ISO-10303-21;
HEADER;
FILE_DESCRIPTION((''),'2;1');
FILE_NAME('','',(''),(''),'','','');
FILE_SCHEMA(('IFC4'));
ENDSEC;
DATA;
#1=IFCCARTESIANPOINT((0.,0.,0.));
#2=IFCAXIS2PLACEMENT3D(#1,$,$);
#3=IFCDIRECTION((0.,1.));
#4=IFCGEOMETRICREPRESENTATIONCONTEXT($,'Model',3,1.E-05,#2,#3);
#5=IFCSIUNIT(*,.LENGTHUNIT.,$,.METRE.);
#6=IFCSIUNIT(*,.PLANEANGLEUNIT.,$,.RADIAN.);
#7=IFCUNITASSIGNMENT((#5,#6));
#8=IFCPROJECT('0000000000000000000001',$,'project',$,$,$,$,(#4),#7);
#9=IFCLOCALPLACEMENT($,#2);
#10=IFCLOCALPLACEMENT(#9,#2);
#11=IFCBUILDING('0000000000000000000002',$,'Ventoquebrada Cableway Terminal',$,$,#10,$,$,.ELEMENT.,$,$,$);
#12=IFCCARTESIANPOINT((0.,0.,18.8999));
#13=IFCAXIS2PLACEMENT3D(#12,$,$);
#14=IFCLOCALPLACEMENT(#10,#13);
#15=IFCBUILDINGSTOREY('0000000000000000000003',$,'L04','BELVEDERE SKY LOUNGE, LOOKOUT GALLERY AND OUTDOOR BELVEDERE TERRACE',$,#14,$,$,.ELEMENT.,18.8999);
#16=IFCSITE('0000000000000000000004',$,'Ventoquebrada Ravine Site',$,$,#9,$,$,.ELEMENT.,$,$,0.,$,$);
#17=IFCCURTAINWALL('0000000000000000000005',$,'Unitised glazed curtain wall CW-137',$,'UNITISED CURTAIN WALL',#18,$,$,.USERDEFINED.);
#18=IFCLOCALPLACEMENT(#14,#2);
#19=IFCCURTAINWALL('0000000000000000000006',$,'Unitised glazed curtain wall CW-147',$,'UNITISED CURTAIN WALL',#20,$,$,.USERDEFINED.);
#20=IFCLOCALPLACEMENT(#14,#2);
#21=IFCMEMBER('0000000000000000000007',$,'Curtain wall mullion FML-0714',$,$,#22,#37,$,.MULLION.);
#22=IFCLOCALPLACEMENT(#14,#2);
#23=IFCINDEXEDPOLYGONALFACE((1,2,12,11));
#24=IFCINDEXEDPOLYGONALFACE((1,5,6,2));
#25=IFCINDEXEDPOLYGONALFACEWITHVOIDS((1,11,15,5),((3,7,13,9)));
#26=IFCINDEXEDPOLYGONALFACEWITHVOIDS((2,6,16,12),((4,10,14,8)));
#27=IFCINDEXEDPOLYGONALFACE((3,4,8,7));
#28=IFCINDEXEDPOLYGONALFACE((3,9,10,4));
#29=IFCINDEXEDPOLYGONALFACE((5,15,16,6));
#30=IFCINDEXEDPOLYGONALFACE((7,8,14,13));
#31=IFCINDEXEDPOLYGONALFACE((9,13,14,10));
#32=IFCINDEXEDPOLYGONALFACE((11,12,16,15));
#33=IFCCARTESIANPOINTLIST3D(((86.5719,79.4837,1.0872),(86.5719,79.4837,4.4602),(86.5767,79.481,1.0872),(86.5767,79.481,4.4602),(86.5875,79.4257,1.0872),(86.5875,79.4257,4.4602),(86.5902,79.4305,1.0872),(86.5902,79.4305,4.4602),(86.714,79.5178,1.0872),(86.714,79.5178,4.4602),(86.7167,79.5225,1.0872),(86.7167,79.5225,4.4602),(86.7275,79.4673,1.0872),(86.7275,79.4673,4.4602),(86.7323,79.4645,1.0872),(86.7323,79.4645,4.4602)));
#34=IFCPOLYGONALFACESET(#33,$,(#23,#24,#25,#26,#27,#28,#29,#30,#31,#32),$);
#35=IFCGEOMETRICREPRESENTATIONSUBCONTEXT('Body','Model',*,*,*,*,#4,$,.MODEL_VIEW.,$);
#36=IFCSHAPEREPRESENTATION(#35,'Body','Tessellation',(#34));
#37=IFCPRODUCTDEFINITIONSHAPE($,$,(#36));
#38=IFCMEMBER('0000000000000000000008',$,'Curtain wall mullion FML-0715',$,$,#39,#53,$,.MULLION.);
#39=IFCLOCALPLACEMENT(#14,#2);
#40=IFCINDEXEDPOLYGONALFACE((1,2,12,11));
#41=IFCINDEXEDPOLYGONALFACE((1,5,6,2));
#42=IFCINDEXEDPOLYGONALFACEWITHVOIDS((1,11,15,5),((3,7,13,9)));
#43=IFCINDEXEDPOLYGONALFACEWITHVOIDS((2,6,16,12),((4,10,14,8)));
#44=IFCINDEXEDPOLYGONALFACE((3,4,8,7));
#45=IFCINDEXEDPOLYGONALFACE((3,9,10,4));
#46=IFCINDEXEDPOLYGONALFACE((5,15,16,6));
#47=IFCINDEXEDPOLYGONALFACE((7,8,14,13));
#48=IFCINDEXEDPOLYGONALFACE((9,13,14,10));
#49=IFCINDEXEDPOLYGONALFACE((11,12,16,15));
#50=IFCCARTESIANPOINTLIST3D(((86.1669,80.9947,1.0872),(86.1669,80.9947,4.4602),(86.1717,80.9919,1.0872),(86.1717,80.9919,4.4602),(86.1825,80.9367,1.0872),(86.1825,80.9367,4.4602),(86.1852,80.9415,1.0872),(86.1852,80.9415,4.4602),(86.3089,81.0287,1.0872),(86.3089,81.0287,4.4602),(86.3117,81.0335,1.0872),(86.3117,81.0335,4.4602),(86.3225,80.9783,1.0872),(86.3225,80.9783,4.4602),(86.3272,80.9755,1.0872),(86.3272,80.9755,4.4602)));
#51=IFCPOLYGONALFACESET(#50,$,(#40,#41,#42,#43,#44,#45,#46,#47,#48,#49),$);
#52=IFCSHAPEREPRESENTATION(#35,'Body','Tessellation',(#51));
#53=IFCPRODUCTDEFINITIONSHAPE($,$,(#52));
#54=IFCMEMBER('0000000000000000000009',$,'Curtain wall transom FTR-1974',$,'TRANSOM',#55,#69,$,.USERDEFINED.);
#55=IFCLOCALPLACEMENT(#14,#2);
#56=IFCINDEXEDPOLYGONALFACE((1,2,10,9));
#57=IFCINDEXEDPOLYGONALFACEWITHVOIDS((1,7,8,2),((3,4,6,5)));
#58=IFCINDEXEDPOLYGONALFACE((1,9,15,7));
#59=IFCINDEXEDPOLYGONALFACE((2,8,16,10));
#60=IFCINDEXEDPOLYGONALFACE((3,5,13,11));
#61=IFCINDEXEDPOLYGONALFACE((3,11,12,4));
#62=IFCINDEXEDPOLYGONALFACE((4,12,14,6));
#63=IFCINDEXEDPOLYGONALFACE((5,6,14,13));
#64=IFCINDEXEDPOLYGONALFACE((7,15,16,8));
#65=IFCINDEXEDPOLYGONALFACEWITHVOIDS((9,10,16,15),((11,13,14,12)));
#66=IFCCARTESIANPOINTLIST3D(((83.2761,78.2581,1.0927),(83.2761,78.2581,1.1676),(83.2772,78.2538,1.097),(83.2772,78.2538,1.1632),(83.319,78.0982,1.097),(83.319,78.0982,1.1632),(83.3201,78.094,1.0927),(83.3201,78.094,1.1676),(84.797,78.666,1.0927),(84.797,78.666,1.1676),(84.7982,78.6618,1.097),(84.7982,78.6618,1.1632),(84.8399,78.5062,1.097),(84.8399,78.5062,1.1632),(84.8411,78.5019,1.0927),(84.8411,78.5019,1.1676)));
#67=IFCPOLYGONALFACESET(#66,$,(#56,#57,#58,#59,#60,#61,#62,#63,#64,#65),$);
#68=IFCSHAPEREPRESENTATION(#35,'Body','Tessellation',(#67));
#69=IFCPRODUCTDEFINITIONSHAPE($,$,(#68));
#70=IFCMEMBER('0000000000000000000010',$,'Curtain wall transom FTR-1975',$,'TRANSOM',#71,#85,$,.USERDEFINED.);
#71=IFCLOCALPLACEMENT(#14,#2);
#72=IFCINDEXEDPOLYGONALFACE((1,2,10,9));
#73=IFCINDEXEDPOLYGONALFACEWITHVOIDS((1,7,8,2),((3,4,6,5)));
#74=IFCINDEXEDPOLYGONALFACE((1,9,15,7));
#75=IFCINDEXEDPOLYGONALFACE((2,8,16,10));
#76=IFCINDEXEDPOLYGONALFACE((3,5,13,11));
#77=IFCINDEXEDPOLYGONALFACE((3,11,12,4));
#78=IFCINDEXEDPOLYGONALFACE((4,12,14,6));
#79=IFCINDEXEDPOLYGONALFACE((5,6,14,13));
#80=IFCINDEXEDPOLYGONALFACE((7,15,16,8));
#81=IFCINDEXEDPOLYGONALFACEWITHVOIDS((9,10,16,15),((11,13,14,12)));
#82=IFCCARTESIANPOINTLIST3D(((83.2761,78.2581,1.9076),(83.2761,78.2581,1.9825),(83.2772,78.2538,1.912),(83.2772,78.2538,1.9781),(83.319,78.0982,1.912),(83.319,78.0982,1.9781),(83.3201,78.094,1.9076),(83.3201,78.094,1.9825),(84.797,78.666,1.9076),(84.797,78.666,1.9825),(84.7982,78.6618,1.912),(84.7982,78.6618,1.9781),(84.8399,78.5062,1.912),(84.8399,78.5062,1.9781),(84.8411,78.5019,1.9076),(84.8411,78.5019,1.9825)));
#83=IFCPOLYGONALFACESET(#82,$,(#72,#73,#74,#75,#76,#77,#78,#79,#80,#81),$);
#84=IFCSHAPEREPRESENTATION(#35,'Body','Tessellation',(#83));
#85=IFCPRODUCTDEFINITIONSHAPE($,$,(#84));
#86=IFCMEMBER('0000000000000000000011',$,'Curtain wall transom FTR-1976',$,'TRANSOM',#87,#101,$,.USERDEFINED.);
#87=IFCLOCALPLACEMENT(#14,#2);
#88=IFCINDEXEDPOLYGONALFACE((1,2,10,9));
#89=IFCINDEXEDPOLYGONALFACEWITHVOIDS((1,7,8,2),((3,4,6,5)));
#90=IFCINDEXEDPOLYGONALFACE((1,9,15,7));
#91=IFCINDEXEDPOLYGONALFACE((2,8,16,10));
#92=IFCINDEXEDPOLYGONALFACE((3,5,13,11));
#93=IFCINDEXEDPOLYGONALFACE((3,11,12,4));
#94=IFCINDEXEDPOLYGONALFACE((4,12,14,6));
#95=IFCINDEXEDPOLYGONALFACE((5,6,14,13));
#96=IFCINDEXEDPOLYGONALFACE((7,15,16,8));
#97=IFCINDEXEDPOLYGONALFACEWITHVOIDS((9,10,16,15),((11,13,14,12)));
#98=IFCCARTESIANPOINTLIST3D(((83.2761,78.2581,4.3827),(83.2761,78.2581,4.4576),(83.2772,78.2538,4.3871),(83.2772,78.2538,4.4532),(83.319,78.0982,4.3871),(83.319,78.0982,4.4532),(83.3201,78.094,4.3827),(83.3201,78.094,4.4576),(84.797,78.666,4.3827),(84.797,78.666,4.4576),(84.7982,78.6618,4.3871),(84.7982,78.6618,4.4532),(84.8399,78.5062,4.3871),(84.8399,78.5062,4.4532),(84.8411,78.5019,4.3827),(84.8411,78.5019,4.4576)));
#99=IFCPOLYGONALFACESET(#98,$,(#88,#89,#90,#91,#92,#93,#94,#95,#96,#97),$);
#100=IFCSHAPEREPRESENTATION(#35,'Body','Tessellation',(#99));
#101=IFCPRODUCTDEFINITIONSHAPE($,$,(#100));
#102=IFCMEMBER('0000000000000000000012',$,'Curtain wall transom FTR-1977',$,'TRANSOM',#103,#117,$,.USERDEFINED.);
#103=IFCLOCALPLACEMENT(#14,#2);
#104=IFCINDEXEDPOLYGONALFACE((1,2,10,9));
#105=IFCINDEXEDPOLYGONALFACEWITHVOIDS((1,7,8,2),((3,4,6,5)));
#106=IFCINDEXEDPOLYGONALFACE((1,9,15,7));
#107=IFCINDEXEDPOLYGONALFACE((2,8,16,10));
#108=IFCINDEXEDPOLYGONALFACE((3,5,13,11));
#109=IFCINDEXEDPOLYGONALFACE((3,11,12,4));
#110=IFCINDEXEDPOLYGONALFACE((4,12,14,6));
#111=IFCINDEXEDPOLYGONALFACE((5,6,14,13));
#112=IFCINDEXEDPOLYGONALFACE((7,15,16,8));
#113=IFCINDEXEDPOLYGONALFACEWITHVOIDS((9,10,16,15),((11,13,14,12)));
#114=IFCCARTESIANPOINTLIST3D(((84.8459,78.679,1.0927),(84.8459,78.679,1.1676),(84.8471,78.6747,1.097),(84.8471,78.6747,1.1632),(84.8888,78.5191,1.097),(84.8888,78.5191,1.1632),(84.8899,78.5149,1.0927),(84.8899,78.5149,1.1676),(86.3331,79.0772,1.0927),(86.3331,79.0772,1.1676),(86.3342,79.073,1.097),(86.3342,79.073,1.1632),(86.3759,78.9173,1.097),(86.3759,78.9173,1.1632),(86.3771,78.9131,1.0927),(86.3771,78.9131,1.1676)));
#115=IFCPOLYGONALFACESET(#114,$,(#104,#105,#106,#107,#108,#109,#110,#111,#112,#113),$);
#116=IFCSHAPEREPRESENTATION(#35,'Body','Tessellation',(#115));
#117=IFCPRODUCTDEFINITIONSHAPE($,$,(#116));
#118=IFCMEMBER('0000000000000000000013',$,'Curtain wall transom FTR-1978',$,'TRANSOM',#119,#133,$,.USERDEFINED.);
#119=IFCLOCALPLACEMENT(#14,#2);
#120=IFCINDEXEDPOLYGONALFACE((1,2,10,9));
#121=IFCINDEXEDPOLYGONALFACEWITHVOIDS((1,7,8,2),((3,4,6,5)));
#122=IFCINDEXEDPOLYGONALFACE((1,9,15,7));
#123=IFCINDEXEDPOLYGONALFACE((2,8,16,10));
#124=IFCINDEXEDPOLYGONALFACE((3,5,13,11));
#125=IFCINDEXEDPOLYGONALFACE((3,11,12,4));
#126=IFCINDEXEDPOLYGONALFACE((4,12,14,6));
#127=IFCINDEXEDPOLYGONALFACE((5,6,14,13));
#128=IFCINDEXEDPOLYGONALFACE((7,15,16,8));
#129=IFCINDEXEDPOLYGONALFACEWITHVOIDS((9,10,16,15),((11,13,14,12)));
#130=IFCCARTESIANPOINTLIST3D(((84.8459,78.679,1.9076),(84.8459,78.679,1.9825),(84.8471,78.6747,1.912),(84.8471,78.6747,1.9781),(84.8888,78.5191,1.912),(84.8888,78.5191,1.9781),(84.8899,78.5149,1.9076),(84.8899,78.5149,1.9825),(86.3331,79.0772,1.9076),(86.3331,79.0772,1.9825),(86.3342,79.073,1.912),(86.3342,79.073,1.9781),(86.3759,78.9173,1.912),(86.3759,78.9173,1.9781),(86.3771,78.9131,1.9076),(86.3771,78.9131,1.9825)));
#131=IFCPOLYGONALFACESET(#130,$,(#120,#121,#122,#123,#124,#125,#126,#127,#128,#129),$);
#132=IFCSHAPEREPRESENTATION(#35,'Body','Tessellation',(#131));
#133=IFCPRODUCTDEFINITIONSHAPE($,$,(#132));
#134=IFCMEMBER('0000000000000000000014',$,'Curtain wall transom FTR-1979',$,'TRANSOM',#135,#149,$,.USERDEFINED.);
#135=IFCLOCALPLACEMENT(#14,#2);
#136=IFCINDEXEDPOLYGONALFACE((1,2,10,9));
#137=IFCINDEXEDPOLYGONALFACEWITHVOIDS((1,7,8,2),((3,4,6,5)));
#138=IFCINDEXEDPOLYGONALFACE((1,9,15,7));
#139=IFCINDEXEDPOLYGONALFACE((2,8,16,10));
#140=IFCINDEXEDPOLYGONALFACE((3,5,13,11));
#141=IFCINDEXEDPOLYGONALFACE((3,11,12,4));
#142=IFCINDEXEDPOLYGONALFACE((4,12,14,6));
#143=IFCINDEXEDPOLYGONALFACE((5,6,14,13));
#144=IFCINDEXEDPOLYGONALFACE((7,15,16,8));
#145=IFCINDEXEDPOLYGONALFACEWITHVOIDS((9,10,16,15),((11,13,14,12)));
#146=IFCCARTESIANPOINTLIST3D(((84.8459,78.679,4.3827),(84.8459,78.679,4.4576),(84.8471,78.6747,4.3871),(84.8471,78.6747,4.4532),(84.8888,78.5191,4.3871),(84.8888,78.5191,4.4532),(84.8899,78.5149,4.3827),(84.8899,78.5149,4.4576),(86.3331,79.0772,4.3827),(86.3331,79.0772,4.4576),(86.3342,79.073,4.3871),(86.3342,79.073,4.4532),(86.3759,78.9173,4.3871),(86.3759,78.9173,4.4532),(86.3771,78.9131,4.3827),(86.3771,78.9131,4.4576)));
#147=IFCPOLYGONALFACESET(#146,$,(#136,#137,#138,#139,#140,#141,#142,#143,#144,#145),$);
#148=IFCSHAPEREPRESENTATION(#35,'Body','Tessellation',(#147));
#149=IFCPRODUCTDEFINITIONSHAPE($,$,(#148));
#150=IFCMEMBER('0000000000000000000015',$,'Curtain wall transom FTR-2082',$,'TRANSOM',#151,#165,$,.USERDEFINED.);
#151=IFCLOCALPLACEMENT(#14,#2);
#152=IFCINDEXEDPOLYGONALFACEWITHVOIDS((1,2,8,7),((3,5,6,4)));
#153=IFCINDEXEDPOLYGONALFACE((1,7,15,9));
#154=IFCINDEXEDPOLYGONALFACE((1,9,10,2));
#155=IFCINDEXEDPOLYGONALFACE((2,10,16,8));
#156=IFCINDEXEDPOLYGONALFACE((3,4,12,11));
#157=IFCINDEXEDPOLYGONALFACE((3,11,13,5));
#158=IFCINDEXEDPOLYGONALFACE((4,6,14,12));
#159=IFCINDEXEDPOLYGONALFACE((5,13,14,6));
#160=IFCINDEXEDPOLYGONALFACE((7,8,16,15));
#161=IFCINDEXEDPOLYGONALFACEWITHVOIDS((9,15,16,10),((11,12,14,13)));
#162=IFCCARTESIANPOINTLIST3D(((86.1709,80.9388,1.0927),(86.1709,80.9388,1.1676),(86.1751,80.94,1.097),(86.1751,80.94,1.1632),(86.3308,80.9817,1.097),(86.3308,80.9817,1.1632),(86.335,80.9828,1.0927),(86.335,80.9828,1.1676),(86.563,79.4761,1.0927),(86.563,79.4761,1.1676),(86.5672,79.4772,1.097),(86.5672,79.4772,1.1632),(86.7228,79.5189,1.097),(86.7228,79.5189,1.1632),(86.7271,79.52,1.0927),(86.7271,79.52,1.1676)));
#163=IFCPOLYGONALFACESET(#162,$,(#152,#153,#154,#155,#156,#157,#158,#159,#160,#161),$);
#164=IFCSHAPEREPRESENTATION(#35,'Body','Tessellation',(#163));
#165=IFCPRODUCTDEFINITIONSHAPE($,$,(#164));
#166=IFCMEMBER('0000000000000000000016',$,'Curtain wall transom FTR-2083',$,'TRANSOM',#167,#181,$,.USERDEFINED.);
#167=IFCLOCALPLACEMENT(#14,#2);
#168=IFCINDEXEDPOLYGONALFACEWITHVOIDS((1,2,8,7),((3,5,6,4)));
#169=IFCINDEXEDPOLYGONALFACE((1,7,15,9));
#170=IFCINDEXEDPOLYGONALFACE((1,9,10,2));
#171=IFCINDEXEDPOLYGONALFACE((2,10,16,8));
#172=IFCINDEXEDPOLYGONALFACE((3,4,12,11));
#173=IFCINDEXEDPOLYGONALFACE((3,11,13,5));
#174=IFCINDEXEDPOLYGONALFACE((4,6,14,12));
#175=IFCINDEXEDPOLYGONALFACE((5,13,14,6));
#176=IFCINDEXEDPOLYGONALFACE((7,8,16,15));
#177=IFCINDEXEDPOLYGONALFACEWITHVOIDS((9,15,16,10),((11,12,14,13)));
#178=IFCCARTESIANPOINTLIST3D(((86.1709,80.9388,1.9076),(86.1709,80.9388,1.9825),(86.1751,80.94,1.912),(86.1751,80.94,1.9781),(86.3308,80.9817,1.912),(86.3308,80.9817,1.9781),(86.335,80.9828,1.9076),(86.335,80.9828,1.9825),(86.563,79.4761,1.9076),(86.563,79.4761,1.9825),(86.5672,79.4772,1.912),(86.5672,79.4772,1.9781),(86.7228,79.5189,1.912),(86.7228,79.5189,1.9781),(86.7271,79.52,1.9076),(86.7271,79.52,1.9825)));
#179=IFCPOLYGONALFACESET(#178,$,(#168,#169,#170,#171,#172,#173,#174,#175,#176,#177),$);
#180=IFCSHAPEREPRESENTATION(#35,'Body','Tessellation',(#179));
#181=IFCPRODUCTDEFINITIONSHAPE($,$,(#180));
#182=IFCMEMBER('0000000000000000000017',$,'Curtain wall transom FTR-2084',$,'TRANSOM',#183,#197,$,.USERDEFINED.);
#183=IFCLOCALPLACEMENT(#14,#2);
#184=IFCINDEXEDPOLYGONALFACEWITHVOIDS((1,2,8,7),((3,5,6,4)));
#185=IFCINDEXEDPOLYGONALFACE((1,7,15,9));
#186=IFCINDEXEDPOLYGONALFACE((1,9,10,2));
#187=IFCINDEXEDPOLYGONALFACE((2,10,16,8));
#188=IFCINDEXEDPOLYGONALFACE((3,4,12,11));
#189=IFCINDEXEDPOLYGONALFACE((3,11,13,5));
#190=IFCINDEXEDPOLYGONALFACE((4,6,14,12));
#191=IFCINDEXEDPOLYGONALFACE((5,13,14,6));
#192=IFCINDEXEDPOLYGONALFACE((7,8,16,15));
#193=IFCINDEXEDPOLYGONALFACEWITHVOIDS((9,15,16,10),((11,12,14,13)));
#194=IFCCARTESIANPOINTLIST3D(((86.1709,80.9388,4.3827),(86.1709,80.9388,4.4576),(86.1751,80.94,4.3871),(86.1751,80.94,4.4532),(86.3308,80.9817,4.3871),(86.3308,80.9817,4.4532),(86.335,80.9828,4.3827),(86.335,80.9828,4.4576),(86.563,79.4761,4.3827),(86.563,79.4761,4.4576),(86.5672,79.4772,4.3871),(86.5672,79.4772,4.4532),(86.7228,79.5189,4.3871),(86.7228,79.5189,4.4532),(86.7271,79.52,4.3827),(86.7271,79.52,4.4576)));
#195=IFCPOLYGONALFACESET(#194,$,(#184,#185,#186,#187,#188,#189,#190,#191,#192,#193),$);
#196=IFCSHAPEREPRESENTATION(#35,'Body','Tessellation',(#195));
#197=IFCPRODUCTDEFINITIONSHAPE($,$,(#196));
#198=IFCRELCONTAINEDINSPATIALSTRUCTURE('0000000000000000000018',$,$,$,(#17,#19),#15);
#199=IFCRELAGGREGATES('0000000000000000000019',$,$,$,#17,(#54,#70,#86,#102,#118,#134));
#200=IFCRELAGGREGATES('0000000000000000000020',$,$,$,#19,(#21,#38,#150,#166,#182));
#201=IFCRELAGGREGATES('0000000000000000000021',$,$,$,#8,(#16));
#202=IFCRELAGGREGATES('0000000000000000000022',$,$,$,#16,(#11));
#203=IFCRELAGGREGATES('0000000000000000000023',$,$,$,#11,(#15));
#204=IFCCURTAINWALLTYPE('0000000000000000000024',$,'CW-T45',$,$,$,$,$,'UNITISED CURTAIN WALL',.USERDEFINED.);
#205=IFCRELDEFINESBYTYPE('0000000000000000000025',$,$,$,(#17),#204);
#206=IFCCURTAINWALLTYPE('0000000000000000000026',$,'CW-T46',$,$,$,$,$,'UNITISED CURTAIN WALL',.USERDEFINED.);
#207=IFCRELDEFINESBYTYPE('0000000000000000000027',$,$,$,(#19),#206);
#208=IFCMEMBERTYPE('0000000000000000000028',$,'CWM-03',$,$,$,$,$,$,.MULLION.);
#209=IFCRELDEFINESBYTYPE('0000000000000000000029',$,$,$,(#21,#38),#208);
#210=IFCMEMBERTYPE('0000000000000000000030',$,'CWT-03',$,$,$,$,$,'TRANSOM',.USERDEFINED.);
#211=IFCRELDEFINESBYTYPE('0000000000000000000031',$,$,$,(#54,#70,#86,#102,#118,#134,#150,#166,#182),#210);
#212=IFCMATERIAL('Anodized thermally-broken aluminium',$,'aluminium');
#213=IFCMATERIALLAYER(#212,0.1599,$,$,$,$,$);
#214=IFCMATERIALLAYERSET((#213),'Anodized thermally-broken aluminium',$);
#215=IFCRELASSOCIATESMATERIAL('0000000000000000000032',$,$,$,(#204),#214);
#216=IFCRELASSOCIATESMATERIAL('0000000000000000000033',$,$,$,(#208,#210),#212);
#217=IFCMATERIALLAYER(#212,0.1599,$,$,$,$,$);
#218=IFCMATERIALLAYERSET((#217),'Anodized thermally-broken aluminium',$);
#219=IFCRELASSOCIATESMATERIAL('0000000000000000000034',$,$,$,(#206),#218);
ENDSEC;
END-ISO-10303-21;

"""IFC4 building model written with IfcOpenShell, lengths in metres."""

from ifc_helpers import new_model, si_unit, direction, frame, origin, origin_2d, place, context, subcontext, project, spatial, hollow_rectangle, extrude, material, layer, layer_set, material_profile, profile_set, type_object, element, aggregate, save


model = new_model("IFC4")

# Units and contexts
model_context = context("Model", 3, precision=1e-05, world=origin(), true_north=direction((0.0, 1.0)))
body_context = subcontext(model_context, "Body", "Model", "MODEL_VIEW")
ifc_project = project(units=[si_unit("LENGTHUNIT", "METRE"), si_unit("PLANEANGLEUNIT", "RADIAN")], contexts=[model_context])

# Site, building, storey
site_placement = place(None, origin())
site = spatial("IfcSite", under=ifc_project, at=site_placement, Name="Ventoquebrada Ravine Site", CompositionType="ELEMENT", RefElevation=0.0)
building_placement = place(site_placement, origin())
building = spatial("IfcBuilding", under=site, at=building_placement, Name="Ventoquebrada Cableway Terminal", CompositionType="ELEMENT")
storey_placement = place(building_placement, frame((0.0, 0.0, 18.8999)))
storey = spatial("IfcBuildingStorey", under=building, at=storey_placement, Name="L04", Description="BELVEDERE SKY LOUNGE, LOOKOUT GALLERY AND OUTDOOR BELVEDERE TERRACE", CompositionType="ELEMENT", Elevation=18.8999)

# Curtain walls, members
ifc_material_1 = material(Name="Anodized thermally-broken aluminium", Category="aluminium")
ifc_layer_1 = layer(ifc_material_1, 0.1599)
ifc_layer_set_1 = layer_set([ifc_layer_1], Name="Anodized thermally-broken aluminium")
curtain_wall_type_1 = type_object("IfcCurtainWallType", Name="CW-T45", ElementType="UNITISED CURTAIN WALL", PredefinedType="USERDEFINED", material=ifc_layer_set_1)
curtain_wall_1_placement = place(storey_placement, origin())
curtain_wall_1 = element("IfcCurtainWall", 1, at=curtain_wall_1_placement, inside=storey, type_object=curtain_wall_type_1, Name="Unitised glazed curtain wall CW-137", ObjectType="UNITISED CURTAIN WALL", PredefinedType="USERDEFINED")
ifc_material_profile_1 = material_profile(ifc_material_1, hollow_rectangle(XDim=0.0601, YDim=0.1499, WallThickness=0.0039, at=origin_2d()), Name="CW-MUL-60X150")
ifc_profile_set_1 = profile_set([ifc_material_profile_1], Name="Anodized thermally-broken aluminium")
member_type_1 = type_object("IfcMemberType", Name="CWM-03", PredefinedType="MULLION", material=ifc_profile_set_1)
ifc_layer_2 = layer(ifc_material_1, 0.1599)
ifc_layer_set_2 = layer_set([ifc_layer_2], Name="Anodized thermally-broken aluminium")
curtain_wall_type_2 = type_object("IfcCurtainWallType", Name="CW-T46", ElementType="UNITISED CURTAIN WALL", PredefinedType="USERDEFINED", material=ifc_layer_set_2)
curtain_wall_2_placement = place(storey_placement, origin())
curtain_wall_2 = element("IfcCurtainWall", 2, at=curtain_wall_2_placement, inside=storey, type_object=curtain_wall_type_2, Name="Unitised glazed curtain wall CW-147", ObjectType="UNITISED CURTAIN WALL", PredefinedType="USERDEFINED")
member_1_placement = place(storey_placement, frame((86.6521, 79.4741, 1.0872), z_axis=(0.0, 0.0, 1.0), x_axis=(-0.258971, 0.965885, 0.0)))
member_1 = element("IfcMember", 3, at=member_1_placement, type_object=member_type_1, Name="Curtain wall mullion FML-0714", PredefinedType="MULLION", context=body_context, shape_type="SweptSolid", body=[
    extrude(hollow_rectangle(XDim=0.0601, YDim=0.1499, WallThickness=0.0039, at=origin_2d()), origin(), (0.0, 0.0, 1.0), 3.373),
])
member_2_placement = place(storey_placement, frame((86.2471, 80.9851, 1.0872), z_axis=(0.0, 0.0, 1.0), x_axis=(-0.258971, 0.965885, 0.0)))
member_2 = element("IfcMember", 4, at=member_2_placement, type_object=member_type_1, Name="Curtain wall mullion FML-0715", PredefinedType="MULLION", context=body_context, shape_type="SweptSolid", body=[
    extrude(hollow_rectangle(XDim=0.0601, YDim=0.1499, WallThickness=0.0039, at=origin_2d()), origin(), (0.0, 0.0, 1.0), 3.373),
])

# Members
ifc_material_profile_2 = material_profile(ifc_material_1, hollow_rectangle(XDim=0.075, YDim=0.1699, WallThickness=0.0044, at=origin_2d()), Name="CW-TRN-75X170")
ifc_profile_set_2 = profile_set([ifc_material_profile_2], Name="Anodized thermally-broken aluminium")
member_type_2 = type_object("IfcMemberType", Name="CWT-03", ElementType="TRANSOM", PredefinedType="USERDEFINED", material=ifc_profile_set_2)
member_3_placement = place(storey_placement, frame((83.2981, 78.176, 1.1301), z_axis=(0.965861, 0.259062, 0.0), x_axis=(0.0, 0.0, 1.0)))
member_3 = element("IfcMember", 5, at=member_3_placement, type_object=member_type_2, Name="Curtain wall transom FTR-1974", ObjectType="TRANSOM", PredefinedType="USERDEFINED", context=body_context, shape_type="SweptSolid", body=[
    extrude(hollow_rectangle(XDim=0.075, YDim=0.1699, WallThickness=0.0044, at=origin_2d()), origin(), (0.0, 0.0, 1.0), 1.5747),
])
member_4_placement = place(storey_placement, frame((83.2981, 78.176, 1.9451), z_axis=(0.965861, 0.259062, 0.0), x_axis=(0.0, 0.0, 1.0)))
member_4 = element("IfcMember", 6, at=member_4_placement, type_object=member_type_2, Name="Curtain wall transom FTR-1975", ObjectType="TRANSOM", PredefinedType="USERDEFINED", context=body_context, shape_type="SweptSolid", body=[
    extrude(hollow_rectangle(XDim=0.075, YDim=0.1699, WallThickness=0.0044, at=origin_2d()), origin(), (0.0, 0.0, 1.0), 1.5747),
])
member_5_placement = place(storey_placement, frame((83.2981, 78.176, 4.4202), z_axis=(0.965861, 0.259062, 0.0), x_axis=(0.0, 0.0, 1.0)))
member_5 = element("IfcMember", 7, at=member_5_placement, type_object=member_type_2, Name="Curtain wall transom FTR-1976", ObjectType="TRANSOM", PredefinedType="USERDEFINED", context=body_context, shape_type="SweptSolid", body=[
    extrude(hollow_rectangle(XDim=0.075, YDim=0.1699, WallThickness=0.0044, at=origin_2d()), origin(), (0.0, 0.0, 1.0), 1.5747),
])
member_6_placement = place(storey_placement, frame((84.8679, 78.5969, 1.1301), z_axis=(0.965969, 0.258659, 0.0), x_axis=(0.0, 0.0, 1.0)))
member_6 = element("IfcMember", 8, at=member_6_placement, type_object=member_type_2, Name="Curtain wall transom FTR-1977", ObjectType="TRANSOM", PredefinedType="USERDEFINED", context=body_context, shape_type="SweptSolid", body=[
    extrude(hollow_rectangle(XDim=0.075, YDim=0.1699, WallThickness=0.0044, at=origin_2d()), origin(), (0.0, 0.0, 1.0), 1.5396),
])
member_7_placement = place(storey_placement, frame((84.8679, 78.5969, 1.9451), z_axis=(0.965969, 0.258659, 0.0), x_axis=(0.0, 0.0, 1.0)))
member_7 = element("IfcMember", 9, at=member_7_placement, type_object=member_type_2, Name="Curtain wall transom FTR-1978", ObjectType="TRANSOM", PredefinedType="USERDEFINED", context=body_context, shape_type="SweptSolid", body=[
    extrude(hollow_rectangle(XDim=0.075, YDim=0.1699, WallThickness=0.0044, at=origin_2d()), origin(), (0.0, 0.0, 1.0), 1.5396),
])
member_8_placement = place(storey_placement, frame((84.8679, 78.5969, 4.4202), z_axis=(0.965969, 0.258659, 0.0), x_axis=(0.0, 0.0, 1.0)))
member_8 = element("IfcMember", 10, at=member_8_placement, type_object=member_type_2, Name="Curtain wall transom FTR-1979", ObjectType="TRANSOM", PredefinedType="USERDEFINED", context=body_context, shape_type="SweptSolid", body=[
    extrude(hollow_rectangle(XDim=0.075, YDim=0.1699, WallThickness=0.0044, at=origin_2d()), origin(), (0.0, 0.0, 1.0), 1.5396),
])
member_9_placement = place(storey_placement, frame((86.645, 79.498, 1.1301), z_axis=(-0.258886, 0.965908, 0.0), x_axis=(0.0, 0.0, 1.0)))
member_9 = element("IfcMember", 11, at=member_9_placement, type_object=member_type_2, Name="Curtain wall transom FTR-2082", ObjectType="TRANSOM", PredefinedType="USERDEFINED", context=body_context, shape_type="SweptSolid", body=[
    extrude(hollow_rectangle(XDim=0.075, YDim=0.1699, WallThickness=0.0044, at=origin_2d()), origin(), (0.0, 0.0, 1.0), 1.5144),
])
member_10_placement = place(storey_placement, frame((86.645, 79.498, 1.9451), z_axis=(-0.258886, 0.965908, 0.0), x_axis=(0.0, 0.0, 1.0)))
member_10 = element("IfcMember", 12, at=member_10_placement, type_object=member_type_2, Name="Curtain wall transom FTR-2083", ObjectType="TRANSOM", PredefinedType="USERDEFINED", context=body_context, shape_type="SweptSolid", body=[
    extrude(hollow_rectangle(XDim=0.075, YDim=0.1699, WallThickness=0.0044, at=origin_2d()), origin(), (0.0, 0.0, 1.0), 1.5144),
])
member_11_placement = place(storey_placement, frame((86.645, 79.498, 4.4202), z_axis=(-0.258886, 0.965908, 0.0), x_axis=(0.0, 0.0, 1.0)))
member_11 = element("IfcMember", 13, at=member_11_placement, type_object=member_type_2, Name="Curtain wall transom FTR-2084", ObjectType="TRANSOM", PredefinedType="USERDEFINED", context=body_context, shape_type="SweptSolid", body=[
    extrude(hollow_rectangle(XDim=0.075, YDim=0.1699, WallThickness=0.0044, at=origin_2d()), origin(), (0.0, 0.0, 1.0), 1.5144),
])

aggregate(curtain_wall_1, [member_3, member_4, member_5, member_6, member_7, member_8])
aggregate(curtain_wall_2, [member_1, member_2, member_9, member_10, member_11])

save(model, "model.ifc")
